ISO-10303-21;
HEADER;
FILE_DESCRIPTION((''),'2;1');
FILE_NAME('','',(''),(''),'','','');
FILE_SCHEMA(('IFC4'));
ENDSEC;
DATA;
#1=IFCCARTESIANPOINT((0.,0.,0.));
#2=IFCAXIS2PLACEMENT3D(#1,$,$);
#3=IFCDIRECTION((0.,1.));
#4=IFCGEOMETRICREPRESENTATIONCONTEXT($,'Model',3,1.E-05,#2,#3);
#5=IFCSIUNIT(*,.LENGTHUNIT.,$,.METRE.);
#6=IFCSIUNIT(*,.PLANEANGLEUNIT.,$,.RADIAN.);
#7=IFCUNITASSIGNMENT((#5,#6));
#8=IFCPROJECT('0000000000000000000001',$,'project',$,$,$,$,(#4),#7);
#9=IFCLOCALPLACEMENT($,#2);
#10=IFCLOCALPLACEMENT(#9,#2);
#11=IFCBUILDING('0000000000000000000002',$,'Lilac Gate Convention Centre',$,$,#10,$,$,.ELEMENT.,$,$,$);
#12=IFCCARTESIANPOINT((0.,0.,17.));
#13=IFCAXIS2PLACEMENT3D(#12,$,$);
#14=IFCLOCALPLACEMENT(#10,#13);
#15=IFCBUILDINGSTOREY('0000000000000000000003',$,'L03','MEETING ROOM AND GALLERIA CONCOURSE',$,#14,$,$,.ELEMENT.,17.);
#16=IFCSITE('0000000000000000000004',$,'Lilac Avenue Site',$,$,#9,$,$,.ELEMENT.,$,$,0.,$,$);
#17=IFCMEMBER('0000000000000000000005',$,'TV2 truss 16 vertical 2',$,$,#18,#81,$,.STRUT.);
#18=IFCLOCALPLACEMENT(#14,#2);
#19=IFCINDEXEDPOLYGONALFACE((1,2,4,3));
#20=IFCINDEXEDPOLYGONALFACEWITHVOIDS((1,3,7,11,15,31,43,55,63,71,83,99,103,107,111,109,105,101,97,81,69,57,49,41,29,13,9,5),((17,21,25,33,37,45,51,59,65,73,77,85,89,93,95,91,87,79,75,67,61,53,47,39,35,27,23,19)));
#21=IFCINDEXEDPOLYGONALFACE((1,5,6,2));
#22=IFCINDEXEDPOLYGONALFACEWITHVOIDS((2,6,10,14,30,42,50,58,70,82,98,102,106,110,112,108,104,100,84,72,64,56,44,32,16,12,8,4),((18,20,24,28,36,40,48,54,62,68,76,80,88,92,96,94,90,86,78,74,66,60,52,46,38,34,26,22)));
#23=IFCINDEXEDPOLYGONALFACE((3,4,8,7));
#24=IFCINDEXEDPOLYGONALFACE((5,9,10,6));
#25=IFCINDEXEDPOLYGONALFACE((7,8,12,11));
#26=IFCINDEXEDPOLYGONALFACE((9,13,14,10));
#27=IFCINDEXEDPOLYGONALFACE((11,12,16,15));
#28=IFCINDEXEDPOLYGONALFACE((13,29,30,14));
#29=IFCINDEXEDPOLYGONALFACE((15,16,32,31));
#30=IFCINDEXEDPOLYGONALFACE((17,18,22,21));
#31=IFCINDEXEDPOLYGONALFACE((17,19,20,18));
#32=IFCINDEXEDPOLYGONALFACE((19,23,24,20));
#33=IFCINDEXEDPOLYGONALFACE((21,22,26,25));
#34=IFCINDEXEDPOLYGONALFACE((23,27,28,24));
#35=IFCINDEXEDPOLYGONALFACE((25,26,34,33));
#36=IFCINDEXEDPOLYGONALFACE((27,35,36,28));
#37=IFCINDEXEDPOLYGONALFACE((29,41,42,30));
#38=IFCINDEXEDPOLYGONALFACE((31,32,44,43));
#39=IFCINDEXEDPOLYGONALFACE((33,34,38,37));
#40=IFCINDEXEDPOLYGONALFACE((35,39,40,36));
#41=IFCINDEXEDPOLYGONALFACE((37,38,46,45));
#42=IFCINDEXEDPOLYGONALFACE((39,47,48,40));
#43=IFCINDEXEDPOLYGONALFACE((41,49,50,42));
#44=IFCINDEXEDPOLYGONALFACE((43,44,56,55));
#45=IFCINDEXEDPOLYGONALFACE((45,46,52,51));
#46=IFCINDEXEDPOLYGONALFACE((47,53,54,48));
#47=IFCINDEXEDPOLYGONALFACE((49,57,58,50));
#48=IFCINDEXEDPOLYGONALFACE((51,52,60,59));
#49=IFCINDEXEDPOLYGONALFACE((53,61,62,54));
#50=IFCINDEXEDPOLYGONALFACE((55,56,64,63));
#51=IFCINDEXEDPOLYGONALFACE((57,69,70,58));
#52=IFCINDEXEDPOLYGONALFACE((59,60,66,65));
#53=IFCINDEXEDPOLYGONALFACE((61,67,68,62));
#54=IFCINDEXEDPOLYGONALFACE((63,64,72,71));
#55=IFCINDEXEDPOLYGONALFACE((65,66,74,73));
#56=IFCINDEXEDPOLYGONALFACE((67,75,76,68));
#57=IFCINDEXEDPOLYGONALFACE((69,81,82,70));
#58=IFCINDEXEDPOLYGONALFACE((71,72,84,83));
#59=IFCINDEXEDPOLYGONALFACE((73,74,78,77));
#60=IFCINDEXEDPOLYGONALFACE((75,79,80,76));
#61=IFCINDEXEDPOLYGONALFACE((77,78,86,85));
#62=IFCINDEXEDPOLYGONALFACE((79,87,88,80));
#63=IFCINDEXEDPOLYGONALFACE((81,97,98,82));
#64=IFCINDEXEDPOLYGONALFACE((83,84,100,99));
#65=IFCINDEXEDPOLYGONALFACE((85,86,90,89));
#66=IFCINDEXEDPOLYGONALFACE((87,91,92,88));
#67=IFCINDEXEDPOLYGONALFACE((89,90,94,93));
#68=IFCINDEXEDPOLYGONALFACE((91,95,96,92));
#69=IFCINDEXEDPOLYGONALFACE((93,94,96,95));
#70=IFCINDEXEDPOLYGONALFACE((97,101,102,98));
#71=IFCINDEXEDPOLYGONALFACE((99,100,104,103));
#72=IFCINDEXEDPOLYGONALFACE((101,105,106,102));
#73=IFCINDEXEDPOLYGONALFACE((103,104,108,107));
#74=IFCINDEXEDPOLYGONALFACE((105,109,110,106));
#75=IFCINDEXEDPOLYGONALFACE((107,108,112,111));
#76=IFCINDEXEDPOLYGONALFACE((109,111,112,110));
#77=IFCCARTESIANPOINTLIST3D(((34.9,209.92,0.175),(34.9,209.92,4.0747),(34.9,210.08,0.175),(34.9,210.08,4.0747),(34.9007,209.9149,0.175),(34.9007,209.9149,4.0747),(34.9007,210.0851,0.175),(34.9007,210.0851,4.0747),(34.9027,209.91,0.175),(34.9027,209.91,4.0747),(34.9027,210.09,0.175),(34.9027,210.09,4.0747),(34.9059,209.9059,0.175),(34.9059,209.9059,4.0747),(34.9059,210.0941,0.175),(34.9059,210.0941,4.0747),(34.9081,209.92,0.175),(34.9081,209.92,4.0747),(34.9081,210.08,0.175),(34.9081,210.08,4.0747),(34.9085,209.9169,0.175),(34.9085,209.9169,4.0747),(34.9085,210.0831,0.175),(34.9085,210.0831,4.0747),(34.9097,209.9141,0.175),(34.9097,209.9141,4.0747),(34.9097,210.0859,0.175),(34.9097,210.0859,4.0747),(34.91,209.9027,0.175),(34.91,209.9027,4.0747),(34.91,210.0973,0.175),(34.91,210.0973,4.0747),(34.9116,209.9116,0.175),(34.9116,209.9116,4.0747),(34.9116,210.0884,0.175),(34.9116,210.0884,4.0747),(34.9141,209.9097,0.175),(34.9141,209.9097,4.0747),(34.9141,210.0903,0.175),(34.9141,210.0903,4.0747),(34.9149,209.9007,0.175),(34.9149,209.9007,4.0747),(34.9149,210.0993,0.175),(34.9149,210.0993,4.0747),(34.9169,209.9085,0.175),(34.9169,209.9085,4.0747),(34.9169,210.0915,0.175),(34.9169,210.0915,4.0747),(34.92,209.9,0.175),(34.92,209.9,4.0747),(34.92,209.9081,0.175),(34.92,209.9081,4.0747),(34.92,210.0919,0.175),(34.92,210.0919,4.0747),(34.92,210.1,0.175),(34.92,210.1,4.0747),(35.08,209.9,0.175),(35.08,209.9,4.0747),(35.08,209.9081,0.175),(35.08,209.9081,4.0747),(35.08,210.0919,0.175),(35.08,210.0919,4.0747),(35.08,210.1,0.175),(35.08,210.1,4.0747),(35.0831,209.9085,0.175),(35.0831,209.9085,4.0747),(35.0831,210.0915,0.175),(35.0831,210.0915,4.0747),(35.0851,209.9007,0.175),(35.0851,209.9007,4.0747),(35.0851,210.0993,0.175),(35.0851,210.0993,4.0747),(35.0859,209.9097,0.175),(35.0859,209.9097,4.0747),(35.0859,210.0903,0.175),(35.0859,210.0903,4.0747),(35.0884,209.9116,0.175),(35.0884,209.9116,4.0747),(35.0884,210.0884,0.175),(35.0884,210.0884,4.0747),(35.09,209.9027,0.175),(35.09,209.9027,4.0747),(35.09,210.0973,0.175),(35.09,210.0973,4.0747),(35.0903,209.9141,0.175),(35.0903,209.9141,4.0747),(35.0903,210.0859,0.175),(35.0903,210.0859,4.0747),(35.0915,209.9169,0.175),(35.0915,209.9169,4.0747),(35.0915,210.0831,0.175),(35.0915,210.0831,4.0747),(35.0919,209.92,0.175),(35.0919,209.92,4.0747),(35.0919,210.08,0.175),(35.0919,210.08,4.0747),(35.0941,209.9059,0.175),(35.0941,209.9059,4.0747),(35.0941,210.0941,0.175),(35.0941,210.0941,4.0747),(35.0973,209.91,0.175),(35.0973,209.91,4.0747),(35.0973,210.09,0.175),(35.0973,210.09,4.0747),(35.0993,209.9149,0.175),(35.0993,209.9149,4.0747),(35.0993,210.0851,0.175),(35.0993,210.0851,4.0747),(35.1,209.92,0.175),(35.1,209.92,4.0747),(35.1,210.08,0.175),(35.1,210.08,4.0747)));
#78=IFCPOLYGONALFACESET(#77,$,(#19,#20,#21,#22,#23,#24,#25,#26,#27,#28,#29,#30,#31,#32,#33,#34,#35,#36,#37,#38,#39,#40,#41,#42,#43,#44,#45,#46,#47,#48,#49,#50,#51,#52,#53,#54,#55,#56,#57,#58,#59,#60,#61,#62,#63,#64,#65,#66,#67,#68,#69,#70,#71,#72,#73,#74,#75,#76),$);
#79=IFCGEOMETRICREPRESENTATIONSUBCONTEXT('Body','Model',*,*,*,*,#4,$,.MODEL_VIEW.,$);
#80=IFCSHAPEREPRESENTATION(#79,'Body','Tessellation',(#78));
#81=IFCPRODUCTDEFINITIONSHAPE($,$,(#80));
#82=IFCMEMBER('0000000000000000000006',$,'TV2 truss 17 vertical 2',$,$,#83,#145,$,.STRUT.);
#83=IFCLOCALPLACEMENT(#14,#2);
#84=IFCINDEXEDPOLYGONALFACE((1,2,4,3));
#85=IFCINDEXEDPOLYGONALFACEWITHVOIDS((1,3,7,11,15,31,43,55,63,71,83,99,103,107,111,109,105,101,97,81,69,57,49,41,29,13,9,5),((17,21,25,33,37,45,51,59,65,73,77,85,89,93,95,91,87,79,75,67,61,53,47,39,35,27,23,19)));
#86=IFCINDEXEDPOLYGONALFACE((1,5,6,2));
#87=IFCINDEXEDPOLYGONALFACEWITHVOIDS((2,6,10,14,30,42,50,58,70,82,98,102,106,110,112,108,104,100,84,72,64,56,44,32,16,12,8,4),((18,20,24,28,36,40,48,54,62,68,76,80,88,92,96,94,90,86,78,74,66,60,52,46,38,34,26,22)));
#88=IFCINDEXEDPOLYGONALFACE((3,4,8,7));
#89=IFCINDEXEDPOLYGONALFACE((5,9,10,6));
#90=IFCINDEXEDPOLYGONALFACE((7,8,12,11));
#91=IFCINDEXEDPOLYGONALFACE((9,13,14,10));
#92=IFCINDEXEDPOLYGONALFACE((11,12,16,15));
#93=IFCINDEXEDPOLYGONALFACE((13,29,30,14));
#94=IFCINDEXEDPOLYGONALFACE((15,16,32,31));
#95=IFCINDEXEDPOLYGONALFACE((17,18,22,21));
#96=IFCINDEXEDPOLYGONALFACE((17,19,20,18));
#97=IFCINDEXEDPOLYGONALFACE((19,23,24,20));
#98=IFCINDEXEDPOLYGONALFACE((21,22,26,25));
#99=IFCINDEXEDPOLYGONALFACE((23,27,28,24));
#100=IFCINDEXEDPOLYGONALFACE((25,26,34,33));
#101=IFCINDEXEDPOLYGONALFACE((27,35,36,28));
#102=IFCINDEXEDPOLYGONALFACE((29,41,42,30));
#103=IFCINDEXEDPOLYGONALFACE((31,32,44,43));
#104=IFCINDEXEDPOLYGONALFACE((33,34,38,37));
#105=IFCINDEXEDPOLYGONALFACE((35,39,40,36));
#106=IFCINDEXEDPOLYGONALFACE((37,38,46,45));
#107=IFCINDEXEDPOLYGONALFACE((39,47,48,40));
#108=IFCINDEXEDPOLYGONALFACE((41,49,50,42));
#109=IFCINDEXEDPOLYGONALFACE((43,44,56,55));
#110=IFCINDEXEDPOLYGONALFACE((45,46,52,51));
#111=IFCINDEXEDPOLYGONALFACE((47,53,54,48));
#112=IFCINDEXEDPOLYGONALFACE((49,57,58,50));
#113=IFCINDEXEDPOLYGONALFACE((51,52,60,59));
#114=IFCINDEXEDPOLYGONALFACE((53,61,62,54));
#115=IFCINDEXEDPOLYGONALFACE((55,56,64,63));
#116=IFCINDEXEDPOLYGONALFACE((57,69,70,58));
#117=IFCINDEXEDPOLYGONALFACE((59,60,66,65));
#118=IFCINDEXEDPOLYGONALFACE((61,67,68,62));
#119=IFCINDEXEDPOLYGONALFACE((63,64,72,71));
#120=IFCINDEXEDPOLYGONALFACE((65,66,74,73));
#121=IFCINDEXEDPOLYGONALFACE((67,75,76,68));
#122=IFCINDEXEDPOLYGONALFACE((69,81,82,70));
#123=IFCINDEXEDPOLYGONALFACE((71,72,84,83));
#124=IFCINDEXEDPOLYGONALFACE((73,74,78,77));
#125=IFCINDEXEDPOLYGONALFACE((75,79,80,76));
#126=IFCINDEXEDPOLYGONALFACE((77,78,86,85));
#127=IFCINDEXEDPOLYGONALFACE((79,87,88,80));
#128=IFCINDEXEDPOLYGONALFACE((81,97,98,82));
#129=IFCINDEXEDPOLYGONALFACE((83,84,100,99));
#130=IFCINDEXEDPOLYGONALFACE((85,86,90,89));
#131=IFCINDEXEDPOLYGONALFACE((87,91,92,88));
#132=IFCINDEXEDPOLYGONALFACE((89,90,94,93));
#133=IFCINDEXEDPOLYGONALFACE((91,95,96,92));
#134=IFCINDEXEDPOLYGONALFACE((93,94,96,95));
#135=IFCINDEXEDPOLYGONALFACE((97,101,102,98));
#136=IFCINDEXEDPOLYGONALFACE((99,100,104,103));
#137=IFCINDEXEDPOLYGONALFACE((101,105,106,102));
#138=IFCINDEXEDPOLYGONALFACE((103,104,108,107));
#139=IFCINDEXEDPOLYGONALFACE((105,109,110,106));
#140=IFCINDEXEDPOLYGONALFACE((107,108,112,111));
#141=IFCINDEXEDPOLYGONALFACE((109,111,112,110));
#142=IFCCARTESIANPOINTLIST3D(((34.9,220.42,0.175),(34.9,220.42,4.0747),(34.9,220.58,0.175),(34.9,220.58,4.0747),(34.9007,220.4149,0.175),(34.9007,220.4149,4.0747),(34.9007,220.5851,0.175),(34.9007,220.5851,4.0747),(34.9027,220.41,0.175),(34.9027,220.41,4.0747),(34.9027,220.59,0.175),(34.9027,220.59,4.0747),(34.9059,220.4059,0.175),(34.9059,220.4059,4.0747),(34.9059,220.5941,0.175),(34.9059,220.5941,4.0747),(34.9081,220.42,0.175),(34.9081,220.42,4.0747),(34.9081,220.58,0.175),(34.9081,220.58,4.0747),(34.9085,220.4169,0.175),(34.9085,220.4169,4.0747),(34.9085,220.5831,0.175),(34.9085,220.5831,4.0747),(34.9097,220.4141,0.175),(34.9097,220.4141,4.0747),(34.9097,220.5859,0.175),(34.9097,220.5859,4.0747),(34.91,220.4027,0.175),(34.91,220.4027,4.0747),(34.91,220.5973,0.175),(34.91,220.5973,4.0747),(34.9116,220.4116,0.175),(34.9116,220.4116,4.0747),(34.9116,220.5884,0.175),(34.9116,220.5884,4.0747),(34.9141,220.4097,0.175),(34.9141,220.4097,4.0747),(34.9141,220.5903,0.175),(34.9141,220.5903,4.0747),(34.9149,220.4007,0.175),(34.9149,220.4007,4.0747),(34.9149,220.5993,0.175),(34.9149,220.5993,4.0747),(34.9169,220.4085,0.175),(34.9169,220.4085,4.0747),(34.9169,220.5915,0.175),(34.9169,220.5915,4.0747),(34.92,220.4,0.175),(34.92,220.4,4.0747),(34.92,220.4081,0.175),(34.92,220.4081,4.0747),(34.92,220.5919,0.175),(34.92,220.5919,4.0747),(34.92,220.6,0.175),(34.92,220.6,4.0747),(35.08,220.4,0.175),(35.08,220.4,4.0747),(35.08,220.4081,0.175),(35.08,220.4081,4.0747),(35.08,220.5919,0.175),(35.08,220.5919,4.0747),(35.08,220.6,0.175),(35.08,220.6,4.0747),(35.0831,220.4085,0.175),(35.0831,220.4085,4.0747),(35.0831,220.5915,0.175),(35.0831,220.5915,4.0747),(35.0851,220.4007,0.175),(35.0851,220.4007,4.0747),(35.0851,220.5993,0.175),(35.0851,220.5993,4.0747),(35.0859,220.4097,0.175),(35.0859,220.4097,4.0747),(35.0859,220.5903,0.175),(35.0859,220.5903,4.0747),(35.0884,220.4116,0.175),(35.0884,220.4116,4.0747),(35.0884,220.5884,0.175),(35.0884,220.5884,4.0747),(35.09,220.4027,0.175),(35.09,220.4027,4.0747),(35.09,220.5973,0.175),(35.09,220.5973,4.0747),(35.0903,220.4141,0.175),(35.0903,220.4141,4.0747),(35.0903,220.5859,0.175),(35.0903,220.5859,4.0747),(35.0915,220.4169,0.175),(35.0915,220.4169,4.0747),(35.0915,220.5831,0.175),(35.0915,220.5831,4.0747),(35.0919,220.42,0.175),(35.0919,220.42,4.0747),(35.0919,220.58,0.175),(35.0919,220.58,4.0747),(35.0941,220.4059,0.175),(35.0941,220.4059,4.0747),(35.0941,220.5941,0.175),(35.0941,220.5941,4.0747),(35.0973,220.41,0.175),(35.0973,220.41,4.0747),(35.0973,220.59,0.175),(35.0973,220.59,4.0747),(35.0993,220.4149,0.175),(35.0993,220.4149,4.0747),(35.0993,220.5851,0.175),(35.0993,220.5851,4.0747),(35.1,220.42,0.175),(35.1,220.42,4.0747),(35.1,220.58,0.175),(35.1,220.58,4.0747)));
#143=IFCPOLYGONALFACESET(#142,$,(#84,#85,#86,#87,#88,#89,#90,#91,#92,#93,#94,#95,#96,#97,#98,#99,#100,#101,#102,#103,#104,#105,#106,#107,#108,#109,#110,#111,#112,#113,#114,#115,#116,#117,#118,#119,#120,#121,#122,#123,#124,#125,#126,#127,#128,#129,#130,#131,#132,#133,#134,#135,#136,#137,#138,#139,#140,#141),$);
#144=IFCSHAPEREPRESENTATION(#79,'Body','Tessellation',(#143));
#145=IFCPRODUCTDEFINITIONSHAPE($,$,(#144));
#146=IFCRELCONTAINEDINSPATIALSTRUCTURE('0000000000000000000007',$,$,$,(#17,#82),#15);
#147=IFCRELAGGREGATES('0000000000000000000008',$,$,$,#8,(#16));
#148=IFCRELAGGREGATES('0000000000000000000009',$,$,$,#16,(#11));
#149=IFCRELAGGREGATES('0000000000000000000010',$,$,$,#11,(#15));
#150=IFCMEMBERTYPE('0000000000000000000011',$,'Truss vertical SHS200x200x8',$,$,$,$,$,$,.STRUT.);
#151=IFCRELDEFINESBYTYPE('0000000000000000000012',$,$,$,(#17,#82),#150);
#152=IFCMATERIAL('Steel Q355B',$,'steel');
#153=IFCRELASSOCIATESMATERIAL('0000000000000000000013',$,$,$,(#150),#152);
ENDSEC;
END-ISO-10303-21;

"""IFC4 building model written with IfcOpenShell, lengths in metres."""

from ifc_helpers import new_model, si_unit, direction, frame, origin, origin_2d, place, context, subcontext, project, spatial, hollow_rectangle, extrude, material, material_profile, profile_set, type_object, element, save


model = new_model("IFC4")

# Units and contexts
model_context = context("Model", 3, precision=1e-05, world=origin(), true_north=direction((0.0, 1.0)))
body_context = subcontext(model_context, "Body", "Model", "MODEL_VIEW")
ifc_project = project(units=[si_unit("LENGTHUNIT", "METRE"), si_unit("PLANEANGLEUNIT", "RADIAN")], contexts=[model_context])

# Site, building, storey
site_placement = place(None, origin())
site = spatial("IfcSite", under=ifc_project, at=site_placement, Name="Lilac Avenue Site", CompositionType="ELEMENT", RefElevation=0.0)
building_placement = place(site_placement, origin())
building = spatial("IfcBuilding", under=site, at=building_placement, Name="Lilac Gate Convention Centre", CompositionType="ELEMENT")
storey_placement = place(building_placement, frame((0.0, 0.0, 17.0)))
storey = spatial("IfcBuildingStorey", under=building, at=storey_placement, Name="L03", Description="MEETING ROOM AND GALLERIA CONCOURSE", CompositionType="ELEMENT", Elevation=17.0)

# Members
ifc_material = material(Name="Steel Q355B", Category="steel")
ifc_material_profile_1 = material_profile(ifc_material, hollow_rectangle(XDim=0.2, YDim=0.2, WallThickness=0.0081, InnerFilletRadius=0.012, OuterFilletRadius=0.02, at=origin_2d()), Name="SHS200x200x8")
ifc_profile_set_1 = profile_set([ifc_material_profile_1], Name="Steel Q355B")
member_type_1 = type_object("IfcMemberType", Name="Truss vertical SHS200x200x8", PredefinedType="STRUT", material=ifc_profile_set_1)
for number, where, z_axis, x_axis, name in (
    (1, (35.0, 210.0, 0.175), (0.0, 0.0, 1.0), (1.0, 0.0, 0.0), "TV2 truss 16 vertical 2"),
    (2, (35.0, 220.5, 0.175), (0.0, 0.0, 1.0), (1.0, 0.0, 0.0), "TV2 truss 17 vertical 2"),
):
    element("IfcMember", number, at=place(storey_placement, frame(where, z_axis=z_axis, x_axis=x_axis)), inside=storey, type_object=member_type_1, Name=name, PredefinedType="STRUT", context=body_context, shape_type="SweptSolid", body=[
        extrude(hollow_rectangle(XDim=0.2, YDim=0.2, WallThickness=0.0081, InnerFilletRadius=0.012, OuterFilletRadius=0.02, at=origin_2d()), origin(), (0.0, 0.0, 1.0), 3.8997),
    ])

save(model, "model.ifc")
